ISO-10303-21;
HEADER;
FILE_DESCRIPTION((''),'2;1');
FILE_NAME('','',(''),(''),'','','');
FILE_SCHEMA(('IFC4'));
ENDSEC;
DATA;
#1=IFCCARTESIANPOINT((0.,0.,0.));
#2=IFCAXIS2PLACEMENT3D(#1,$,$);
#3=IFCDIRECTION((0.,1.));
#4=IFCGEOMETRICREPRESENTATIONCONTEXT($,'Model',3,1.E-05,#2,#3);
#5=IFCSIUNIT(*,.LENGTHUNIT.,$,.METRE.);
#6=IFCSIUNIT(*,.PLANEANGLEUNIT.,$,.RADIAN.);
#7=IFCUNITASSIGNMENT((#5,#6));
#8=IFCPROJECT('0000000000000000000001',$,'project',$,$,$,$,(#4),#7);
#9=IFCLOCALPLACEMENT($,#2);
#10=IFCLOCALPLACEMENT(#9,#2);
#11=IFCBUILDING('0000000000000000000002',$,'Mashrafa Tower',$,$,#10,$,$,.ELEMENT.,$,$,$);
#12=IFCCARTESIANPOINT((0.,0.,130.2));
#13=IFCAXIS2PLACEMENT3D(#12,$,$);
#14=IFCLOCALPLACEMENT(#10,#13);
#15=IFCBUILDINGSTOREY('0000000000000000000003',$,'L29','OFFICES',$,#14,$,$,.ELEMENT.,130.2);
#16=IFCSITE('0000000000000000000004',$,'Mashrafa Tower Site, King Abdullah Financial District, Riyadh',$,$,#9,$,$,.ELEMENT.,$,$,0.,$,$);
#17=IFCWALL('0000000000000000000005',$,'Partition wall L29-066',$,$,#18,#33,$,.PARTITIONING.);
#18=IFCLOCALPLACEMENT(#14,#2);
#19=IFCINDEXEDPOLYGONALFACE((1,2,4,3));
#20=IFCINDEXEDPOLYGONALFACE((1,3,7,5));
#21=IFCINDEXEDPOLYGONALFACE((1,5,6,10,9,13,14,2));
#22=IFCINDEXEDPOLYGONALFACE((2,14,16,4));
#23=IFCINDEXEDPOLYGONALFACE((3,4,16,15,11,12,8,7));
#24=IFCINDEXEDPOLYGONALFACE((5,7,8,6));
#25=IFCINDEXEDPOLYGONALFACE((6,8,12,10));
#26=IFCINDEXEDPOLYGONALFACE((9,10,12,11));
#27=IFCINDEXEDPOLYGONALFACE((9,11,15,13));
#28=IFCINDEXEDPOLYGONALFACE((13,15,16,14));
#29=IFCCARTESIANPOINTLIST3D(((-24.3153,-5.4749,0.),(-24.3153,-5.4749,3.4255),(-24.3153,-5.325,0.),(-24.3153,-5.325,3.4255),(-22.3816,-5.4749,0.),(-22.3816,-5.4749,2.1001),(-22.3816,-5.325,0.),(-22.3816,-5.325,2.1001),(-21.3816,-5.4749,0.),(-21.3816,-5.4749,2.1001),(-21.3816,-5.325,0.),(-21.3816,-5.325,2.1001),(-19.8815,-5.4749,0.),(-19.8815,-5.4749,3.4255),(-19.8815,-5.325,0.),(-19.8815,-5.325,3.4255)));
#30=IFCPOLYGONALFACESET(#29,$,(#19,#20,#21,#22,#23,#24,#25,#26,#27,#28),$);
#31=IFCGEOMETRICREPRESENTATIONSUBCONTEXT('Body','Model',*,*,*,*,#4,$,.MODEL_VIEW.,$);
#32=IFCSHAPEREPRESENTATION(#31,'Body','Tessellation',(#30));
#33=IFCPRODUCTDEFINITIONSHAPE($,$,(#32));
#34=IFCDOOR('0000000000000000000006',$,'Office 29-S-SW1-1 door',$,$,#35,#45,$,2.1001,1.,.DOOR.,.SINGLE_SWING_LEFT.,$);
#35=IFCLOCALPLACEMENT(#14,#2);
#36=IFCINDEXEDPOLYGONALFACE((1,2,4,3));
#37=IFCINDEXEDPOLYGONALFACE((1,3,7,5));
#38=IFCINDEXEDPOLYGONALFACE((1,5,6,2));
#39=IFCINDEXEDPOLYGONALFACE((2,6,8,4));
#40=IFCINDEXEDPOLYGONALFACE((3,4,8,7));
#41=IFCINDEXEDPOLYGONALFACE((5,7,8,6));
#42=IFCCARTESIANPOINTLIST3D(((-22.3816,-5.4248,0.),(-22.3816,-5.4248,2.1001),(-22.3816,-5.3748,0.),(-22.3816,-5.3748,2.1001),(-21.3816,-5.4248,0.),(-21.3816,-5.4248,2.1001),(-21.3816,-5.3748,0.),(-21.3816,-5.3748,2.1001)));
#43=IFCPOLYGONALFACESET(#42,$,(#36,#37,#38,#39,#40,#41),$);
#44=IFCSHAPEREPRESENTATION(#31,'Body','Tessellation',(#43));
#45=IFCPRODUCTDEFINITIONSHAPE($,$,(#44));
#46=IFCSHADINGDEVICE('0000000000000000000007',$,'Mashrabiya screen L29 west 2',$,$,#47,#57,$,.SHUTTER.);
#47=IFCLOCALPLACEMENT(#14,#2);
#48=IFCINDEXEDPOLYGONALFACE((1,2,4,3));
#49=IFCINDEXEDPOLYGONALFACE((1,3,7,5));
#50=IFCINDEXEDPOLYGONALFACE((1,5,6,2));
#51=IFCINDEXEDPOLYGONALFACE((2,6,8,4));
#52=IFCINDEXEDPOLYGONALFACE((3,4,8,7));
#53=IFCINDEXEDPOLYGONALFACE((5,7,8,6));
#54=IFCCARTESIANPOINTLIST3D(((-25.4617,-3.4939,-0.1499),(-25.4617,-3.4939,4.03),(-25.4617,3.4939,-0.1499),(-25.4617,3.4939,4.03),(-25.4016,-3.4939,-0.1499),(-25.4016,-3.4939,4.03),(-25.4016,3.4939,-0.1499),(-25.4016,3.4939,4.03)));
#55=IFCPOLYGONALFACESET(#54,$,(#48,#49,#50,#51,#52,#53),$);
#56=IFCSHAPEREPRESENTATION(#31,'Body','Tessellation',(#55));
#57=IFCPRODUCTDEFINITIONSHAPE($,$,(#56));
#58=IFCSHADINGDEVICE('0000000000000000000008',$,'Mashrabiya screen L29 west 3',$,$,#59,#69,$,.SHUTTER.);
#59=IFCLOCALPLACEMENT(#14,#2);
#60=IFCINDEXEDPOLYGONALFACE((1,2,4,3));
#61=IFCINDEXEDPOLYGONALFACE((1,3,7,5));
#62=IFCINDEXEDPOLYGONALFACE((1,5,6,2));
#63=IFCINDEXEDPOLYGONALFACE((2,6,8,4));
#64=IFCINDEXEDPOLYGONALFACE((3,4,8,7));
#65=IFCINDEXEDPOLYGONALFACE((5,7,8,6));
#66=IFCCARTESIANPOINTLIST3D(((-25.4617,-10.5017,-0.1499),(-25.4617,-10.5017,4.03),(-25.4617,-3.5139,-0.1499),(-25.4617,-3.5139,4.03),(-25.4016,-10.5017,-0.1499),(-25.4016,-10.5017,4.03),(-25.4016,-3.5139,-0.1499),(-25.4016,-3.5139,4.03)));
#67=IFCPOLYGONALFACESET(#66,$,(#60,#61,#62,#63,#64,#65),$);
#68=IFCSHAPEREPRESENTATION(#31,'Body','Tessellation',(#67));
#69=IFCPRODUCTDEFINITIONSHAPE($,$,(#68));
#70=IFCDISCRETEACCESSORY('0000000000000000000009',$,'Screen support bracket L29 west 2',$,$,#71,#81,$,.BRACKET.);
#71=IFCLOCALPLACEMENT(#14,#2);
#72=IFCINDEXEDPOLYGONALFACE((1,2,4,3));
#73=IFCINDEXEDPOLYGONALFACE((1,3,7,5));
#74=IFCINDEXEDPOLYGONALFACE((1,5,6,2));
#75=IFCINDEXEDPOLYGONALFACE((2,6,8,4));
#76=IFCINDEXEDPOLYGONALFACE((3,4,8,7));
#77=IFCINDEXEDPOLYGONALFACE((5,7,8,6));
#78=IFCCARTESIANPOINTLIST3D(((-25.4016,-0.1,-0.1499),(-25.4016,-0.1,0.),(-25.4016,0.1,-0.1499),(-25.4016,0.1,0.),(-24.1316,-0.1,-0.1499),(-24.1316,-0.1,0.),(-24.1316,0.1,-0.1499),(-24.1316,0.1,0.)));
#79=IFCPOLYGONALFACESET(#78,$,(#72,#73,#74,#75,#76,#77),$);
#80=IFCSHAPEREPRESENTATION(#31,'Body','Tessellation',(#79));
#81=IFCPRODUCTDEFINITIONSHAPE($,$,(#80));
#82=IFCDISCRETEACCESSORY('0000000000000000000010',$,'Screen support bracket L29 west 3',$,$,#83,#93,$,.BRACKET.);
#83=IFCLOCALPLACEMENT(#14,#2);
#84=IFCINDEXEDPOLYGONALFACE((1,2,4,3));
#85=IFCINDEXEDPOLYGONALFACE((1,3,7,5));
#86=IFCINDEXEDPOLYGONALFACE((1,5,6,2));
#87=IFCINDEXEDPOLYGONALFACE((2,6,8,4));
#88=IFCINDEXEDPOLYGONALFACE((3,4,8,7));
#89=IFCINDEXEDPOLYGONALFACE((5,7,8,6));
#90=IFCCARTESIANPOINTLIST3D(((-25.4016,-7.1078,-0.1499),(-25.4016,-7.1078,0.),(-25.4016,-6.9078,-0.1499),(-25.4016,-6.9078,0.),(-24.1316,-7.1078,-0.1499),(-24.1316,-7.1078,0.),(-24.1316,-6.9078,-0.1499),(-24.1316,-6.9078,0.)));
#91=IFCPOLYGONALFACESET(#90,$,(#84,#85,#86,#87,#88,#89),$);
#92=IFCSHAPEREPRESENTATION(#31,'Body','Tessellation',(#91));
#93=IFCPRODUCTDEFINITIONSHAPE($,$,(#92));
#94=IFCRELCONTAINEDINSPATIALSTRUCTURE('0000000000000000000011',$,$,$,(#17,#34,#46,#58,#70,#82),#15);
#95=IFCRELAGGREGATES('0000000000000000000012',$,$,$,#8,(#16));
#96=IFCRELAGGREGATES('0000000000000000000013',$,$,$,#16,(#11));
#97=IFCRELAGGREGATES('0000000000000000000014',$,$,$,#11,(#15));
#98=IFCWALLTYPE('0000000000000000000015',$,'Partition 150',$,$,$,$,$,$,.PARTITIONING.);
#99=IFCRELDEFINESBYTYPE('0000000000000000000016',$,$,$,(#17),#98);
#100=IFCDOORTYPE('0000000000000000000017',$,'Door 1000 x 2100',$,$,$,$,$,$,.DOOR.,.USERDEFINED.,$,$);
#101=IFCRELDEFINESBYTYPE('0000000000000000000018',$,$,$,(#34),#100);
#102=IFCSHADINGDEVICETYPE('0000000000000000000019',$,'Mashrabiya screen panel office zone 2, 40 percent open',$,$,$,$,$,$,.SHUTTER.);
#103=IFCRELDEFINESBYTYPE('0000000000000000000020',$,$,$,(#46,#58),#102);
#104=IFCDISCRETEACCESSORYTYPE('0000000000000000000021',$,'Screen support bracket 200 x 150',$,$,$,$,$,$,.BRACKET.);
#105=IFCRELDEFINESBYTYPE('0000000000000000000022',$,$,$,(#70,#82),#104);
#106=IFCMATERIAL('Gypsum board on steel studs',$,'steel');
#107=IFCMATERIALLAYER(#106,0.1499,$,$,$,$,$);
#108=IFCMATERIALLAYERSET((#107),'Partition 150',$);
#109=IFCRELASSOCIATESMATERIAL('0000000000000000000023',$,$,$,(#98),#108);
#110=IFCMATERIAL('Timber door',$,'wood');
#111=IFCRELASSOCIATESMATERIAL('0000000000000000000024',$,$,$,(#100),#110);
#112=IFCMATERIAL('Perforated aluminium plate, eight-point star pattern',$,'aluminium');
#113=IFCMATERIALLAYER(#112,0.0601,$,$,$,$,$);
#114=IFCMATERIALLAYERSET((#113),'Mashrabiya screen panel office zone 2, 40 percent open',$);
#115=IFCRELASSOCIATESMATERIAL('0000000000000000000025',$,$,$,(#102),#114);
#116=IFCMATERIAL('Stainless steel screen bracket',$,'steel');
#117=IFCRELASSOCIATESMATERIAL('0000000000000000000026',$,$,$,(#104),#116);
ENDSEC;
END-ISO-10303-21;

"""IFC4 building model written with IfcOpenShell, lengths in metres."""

from ifc_helpers import new_model, si_unit, direction, frame, frame_2d, origin, origin_2d, place, context, subcontext, project, spatial, rectangle, extrude, source, transform, mapped, material, layer, layer_set, type_object, type_shapes, element, fill, save


model = new_model("IFC4")

# Units and contexts
model_context = context("Model", 3, precision=1e-05, world=origin(), true_north=direction((0.0, 1.0)))
body_context = subcontext(model_context, "Body", "Model", "MODEL_VIEW")
ifc_project = project(units=[si_unit("LENGTHUNIT", "METRE"), si_unit("PLANEANGLEUNIT", "RADIAN")], contexts=[model_context])

# Site, building, storey
site_placement = place(None, origin())
site = spatial("IfcSite", under=ifc_project, at=site_placement, Name="Mashrafa Tower Site, King Abdullah Financial District, Riyadh", CompositionType="ELEMENT", RefElevation=0.0)
building_placement = place(site_placement, origin())
building = spatial("IfcBuilding", under=site, at=building_placement, Name="Mashrafa Tower", CompositionType="ELEMENT")
storey_placement = place(building_placement, frame((0.0, 0.0, 130.2)))
storey = spatial("IfcBuildingStorey", under=building, at=storey_placement, Name="L29", Description="OFFICES", CompositionType="ELEMENT", Elevation=130.2)

# Shared definitions
ifc_material_1 = material(Name="Gypsum board on steel studs", Category="steel")
ifc_layer_1 = layer(ifc_material_1, 0.1499)
ifc_layer_set_1 = layer_set([ifc_layer_1], Name="Partition 150")
wall_type_1 = type_object("IfcWallType", Name="Partition 150", PredefinedType="PARTITIONING", material=ifc_layer_set_1)

# Wall, opening, door
wall_1_placement = place(storey_placement, frame((-19.8816, -5.3999, 0.0), z_axis=(0.0, 0.0, 1.0), x_axis=(-1.0, 0.0, 0.0)))
wall_1 = element("IfcWall", 1, at=wall_1_placement, inside=storey, type_object=wall_type_1, Name="Partition wall L29-066", PredefinedType="PARTITIONING", context=body_context, shape_type="SweptSolid", body=[
    extrude(rectangle(XDim=4.4338, YDim=0.1499, at=frame_2d((2.2168, 0.0))), origin(), (0.0, 0.0, 1.0), 3.4255),
])
opening_1_placement = place(wall_1_placement, frame((1.5, 0.0, 0.0)))
opening_1 = element("IfcOpeningElement", 2, at=opening_1_placement, cuts=wall_1, PredefinedType="OPENING", context=body_context, shape_type="SweptSolid", body=[
    extrude(rectangle(XDim=1.0, YDim=2.1001, at=frame_2d((0.5, 1.05))), frame((0.0, 0.085, 0.0), z_axis=(0.0, -1.0, 0.0), x_axis=(1.0, 0.0, 0.0)), (0.0, 0.0, 1.0), 0.1699),
])
ifc_material_2 = material(Name="Timber door", Category="wood")
door_type_1 = type_object("IfcDoorType", Name="Door 1000 x 2100", OperationType="USERDEFINED", PredefinedType="DOOR", material=ifc_material_2)
door_1_placement = place(opening_1_placement, origin())
door_1 = element("IfcDoor", 3, at=door_1_placement, inside=storey, type_object=door_type_1, Name="Office 29-S-SW1-1 door", OperationType="SINGLE_SWING_LEFT", OverallHeight=2.1001, OverallWidth=1.0, PredefinedType="DOOR", context=body_context, shape_type="SweptSolid", body=[
    extrude(rectangle(XDim=1.0, YDim=2.1001, at=frame_2d((0.5, 1.05))), frame((0.0, 0.0249, 0.0), z_axis=(0.0, -1.0, 0.0), x_axis=(1.0, 0.0, 0.0)), (0.0, 0.0, 1.0), 0.05),
])
fill(opening_1, door_1)

# Shading devices
ifc_material_3 = material(Name="Perforated aluminium plate, eight-point star pattern", Category="aluminium")
ifc_layer_2 = layer(ifc_material_3, 0.0601)
ifc_layer_set_2 = layer_set([ifc_layer_2], Name="Mashrabiya screen panel office zone 2, 40 percent open")
shading_device_type = type_object("IfcShadingDeviceType", Name="Mashrabiya screen panel office zone 2, 40 percent open", PredefinedType="SHUTTER", material=ifc_layer_set_2)
shared_shape_1 = source(origin(), body_context, "Body", "SweptSolid", [
    extrude(rectangle(XDim=6.9878, YDim=0.0601, at=origin_2d()), origin(), (0.0, 0.0, 1.0), 4.1799),
])
type_shapes(shading_device_type, [shared_shape_1])
for number, where, z_axis, x_axis, name in (
    (4, (-25.4316, 0.0, -0.1499), (0.0, 0.0, 1.0), (0.0, -1.0, 0.0), "Mashrabiya screen L29 west 2"),
    (5, (-25.4316, -7.0078, -0.1499), (0.0, 0.0, 1.0), (0.0, -1.0, 0.0), "Mashrabiya screen L29 west 3"),
):
    element("IfcShadingDevice", number, at=place(storey_placement, frame(where, z_axis=z_axis, x_axis=x_axis)), inside=storey, type_object=shading_device_type, Name=name, PredefinedType="SHUTTER", context=body_context, shape_type="MappedRepresentation", body=[
        mapped(shared_shape_1, transform((0.0, 0.0, 0.0))),
    ])

# Discrete accessories
ifc_material_4 = material(Name="Stainless steel screen bracket", Category="steel")
discrete_accessory_type = type_object("IfcDiscreteAccessoryType", Name="Screen support bracket 200 x 150", PredefinedType="BRACKET", material=ifc_material_4)
shared_shape_2 = source(origin(), body_context, "Body", "SweptSolid", [
    extrude(rectangle(XDim=0.2, YDim=1.27, at=origin_2d()), origin(), (0.0, 0.0, 1.0), 0.1499),
])
type_shapes(discrete_accessory_type, [shared_shape_2])
for number, where, z_axis, x_axis, name in (
    (6, (-24.7666, 0.0, -0.1499), (0.0, 0.0, 1.0), (0.0, -1.0, 0.0), "Screen support bracket L29 west 2"),
    (7, (-24.7666, -7.0078, -0.1499), (0.0, 0.0, 1.0), (0.0, -1.0, 0.0), "Screen support bracket L29 west 3"),
):
    element("IfcDiscreteAccessory", number, at=place(storey_placement, frame(where, z_axis=z_axis, x_axis=x_axis)), inside=storey, type_object=discrete_accessory_type, Name=name, PredefinedType="BRACKET", context=body_context, shape_type="MappedRepresentation", body=[
        mapped(shared_shape_2, transform((0.0, 0.0, 0.0))),
    ])

save(model, "model.ifc")
